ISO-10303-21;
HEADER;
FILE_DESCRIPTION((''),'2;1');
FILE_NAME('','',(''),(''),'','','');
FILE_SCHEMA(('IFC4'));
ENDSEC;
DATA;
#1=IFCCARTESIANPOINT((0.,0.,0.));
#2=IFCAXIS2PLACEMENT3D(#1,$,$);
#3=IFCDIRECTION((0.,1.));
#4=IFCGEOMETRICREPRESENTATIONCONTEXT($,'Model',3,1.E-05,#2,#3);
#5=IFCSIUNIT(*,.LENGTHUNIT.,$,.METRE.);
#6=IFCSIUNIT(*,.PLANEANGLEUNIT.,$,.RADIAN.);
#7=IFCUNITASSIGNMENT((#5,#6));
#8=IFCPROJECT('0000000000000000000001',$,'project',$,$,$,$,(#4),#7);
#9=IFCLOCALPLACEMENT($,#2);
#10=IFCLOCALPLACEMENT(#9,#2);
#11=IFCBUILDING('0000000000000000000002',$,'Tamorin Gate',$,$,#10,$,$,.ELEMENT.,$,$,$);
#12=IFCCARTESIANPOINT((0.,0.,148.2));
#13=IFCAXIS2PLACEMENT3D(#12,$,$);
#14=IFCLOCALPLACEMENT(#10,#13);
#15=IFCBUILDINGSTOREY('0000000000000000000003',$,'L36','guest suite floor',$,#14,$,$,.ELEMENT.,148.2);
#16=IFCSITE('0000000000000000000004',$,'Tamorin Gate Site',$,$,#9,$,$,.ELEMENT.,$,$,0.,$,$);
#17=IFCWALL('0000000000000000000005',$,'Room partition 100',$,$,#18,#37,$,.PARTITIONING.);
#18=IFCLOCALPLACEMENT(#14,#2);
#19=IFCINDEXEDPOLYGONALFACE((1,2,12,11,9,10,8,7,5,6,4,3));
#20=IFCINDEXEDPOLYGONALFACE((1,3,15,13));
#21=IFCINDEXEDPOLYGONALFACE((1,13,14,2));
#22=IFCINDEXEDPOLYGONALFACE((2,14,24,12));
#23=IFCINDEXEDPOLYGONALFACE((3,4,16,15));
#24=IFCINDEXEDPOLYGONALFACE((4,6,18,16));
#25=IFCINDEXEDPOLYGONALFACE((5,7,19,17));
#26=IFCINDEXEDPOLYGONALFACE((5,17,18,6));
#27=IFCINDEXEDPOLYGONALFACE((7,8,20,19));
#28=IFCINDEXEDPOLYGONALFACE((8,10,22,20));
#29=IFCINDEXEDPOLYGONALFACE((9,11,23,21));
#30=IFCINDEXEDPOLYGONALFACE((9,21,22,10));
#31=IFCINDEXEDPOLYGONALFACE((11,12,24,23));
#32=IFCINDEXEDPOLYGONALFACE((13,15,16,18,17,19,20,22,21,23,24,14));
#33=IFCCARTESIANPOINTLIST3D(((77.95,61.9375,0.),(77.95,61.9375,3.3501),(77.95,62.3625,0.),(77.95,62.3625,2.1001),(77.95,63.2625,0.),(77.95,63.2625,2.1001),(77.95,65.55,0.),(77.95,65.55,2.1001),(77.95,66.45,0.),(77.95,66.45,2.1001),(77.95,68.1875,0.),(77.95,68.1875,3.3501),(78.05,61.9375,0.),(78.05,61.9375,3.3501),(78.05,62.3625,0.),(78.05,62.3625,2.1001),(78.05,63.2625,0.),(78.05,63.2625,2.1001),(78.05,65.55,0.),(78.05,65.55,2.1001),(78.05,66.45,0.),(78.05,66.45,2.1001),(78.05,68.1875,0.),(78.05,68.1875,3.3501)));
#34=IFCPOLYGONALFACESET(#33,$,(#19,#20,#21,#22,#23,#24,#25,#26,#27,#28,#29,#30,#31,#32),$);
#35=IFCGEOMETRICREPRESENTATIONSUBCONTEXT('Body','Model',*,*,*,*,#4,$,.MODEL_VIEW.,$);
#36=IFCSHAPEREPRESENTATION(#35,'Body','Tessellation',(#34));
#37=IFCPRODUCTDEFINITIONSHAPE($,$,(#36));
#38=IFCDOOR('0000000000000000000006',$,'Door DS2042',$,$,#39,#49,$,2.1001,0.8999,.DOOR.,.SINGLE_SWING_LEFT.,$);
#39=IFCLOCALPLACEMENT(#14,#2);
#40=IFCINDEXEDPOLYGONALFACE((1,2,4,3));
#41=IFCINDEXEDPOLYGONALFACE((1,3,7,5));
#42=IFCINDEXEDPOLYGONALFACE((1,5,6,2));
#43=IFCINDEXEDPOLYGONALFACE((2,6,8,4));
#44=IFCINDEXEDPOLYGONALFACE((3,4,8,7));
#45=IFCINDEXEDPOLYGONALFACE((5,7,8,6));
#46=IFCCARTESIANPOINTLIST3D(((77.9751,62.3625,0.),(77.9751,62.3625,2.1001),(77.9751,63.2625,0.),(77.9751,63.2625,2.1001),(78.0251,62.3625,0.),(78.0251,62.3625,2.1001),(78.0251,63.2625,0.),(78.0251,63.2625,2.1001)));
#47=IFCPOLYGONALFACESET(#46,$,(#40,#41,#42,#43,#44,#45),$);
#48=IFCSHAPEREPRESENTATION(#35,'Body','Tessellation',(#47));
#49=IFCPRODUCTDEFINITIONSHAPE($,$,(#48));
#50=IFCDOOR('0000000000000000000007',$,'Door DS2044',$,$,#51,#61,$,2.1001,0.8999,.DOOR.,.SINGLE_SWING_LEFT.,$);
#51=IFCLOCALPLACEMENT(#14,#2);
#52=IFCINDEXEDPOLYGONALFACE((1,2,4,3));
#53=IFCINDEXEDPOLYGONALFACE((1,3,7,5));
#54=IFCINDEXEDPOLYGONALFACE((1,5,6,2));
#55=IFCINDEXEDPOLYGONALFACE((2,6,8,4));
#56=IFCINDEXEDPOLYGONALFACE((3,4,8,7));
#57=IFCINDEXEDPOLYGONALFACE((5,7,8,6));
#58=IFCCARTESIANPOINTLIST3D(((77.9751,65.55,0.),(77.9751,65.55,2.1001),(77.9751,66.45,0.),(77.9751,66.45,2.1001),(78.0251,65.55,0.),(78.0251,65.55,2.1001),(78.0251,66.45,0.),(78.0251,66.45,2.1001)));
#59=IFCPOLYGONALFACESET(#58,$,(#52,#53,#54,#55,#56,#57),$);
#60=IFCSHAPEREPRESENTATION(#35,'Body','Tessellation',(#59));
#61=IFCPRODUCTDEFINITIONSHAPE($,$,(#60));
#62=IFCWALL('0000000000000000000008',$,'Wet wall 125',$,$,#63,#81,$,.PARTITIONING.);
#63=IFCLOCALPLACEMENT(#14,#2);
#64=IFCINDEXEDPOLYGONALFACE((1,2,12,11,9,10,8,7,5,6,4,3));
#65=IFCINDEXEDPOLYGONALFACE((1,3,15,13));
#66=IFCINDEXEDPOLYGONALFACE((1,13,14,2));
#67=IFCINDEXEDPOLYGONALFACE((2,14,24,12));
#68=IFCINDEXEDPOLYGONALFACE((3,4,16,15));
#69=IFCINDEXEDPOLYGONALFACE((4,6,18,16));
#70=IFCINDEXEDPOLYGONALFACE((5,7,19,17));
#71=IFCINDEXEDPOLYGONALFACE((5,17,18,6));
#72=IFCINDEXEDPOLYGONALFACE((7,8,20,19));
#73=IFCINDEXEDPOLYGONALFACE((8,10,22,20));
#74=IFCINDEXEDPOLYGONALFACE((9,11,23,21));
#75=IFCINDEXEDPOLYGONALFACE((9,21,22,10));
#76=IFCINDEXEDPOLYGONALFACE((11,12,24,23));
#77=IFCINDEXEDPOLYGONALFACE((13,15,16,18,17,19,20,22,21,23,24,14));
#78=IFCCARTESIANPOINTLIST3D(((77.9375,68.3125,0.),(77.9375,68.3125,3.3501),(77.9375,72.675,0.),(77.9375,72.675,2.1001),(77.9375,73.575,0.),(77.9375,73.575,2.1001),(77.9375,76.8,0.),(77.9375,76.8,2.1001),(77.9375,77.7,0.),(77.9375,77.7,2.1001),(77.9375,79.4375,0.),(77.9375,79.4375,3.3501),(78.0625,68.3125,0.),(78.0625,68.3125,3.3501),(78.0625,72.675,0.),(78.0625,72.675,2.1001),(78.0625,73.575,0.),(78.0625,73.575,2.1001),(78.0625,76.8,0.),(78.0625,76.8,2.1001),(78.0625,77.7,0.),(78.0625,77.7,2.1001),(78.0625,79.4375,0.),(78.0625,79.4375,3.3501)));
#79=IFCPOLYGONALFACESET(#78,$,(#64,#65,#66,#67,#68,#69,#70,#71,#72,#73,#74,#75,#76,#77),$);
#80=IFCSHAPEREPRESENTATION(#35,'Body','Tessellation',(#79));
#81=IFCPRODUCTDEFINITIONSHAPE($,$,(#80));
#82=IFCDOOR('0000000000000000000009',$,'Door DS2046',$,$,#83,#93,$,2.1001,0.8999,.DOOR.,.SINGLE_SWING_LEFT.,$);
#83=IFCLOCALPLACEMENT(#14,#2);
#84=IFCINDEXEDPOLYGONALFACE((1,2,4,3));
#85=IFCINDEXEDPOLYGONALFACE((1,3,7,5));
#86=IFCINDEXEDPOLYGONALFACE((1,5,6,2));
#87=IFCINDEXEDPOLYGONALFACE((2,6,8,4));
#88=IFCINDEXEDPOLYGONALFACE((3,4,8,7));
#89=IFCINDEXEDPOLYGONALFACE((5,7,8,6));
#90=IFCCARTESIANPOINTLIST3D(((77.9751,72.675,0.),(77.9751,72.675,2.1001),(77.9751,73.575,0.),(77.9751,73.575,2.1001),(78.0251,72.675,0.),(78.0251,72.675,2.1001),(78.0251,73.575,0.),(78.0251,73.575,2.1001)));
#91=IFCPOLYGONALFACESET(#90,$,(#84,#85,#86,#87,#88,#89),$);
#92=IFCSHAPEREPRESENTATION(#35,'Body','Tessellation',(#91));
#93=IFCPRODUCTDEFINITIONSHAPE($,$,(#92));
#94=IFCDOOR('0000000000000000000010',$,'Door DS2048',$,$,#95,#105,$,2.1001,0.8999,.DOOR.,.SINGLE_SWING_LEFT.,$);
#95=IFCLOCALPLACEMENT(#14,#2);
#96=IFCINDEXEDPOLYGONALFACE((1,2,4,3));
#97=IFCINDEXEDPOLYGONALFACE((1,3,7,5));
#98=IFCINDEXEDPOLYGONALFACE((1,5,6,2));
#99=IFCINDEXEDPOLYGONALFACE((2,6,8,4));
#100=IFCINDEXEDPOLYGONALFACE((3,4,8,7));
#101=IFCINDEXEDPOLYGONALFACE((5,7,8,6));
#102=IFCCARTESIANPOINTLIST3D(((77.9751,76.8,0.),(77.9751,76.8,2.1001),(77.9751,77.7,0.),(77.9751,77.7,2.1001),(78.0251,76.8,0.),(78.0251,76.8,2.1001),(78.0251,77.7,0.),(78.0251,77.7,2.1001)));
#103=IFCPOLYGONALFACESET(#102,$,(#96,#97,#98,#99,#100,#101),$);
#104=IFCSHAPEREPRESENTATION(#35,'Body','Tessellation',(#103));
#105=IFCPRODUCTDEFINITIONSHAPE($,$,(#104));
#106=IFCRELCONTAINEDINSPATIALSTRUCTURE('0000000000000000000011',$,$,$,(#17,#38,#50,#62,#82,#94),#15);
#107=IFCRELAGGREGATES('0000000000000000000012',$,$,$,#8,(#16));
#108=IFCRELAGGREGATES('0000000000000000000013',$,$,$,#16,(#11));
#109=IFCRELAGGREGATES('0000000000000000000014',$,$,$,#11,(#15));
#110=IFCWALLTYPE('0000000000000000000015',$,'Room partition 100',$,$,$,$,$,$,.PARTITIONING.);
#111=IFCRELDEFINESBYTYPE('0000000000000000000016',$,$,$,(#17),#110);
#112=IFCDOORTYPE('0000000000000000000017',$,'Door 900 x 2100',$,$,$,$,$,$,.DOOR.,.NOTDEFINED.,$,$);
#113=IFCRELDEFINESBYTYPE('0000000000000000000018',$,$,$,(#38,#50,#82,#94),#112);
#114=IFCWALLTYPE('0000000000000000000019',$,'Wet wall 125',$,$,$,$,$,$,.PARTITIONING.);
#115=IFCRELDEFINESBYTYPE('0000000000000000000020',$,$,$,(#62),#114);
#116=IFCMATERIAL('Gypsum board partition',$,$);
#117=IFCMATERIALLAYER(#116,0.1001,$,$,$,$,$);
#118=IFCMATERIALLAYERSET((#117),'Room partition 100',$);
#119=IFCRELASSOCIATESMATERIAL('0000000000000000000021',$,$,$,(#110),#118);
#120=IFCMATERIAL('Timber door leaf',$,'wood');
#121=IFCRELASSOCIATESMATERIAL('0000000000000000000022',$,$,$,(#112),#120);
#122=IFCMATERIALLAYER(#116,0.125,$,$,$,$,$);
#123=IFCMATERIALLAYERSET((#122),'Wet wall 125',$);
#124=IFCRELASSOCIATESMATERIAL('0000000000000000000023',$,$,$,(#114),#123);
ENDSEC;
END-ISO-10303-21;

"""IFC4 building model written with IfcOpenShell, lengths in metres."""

from ifc_helpers import new_model, si_unit, direction, frame, frame_2d, origin, place, context, subcontext, project, spatial, rectangle, extrude, material, layer, layer_set, type_object, element, fill, save


model = new_model("IFC4")

# Units and contexts
model_context = context("Model", 3, precision=1e-05, world=origin(), true_north=direction((0.0, 1.0)))
body_context = subcontext(model_context, "Body", "Model", "MODEL_VIEW")
ifc_project = project(units=[si_unit("LENGTHUNIT", "METRE"), si_unit("PLANEANGLEUNIT", "RADIAN")], contexts=[model_context])

# Site, building, storey
site_placement = place(None, origin())
site = spatial("IfcSite", under=ifc_project, at=site_placement, Name="Tamorin Gate Site", CompositionType="ELEMENT", RefElevation=0.0)
building_placement = place(site_placement, origin())
building = spatial("IfcBuilding", under=site, at=building_placement, Name="Tamorin Gate", CompositionType="ELEMENT")
storey_placement = place(building_placement, frame((0.0, 0.0, 148.2)))
storey = spatial("IfcBuildingStorey", under=building, at=storey_placement, Name="L36", Description="guest suite floor", CompositionType="ELEMENT", Elevation=148.2)

# Shared definitions
ifc_material_1 = material(Name="Gypsum board partition")

# Shared definitions
ifc_layer_1 = layer(ifc_material_1, 0.1001)
ifc_layer_set_1 = layer_set([ifc_layer_1], Name="Room partition 100")
wall_type_1 = type_object("IfcWallType", Name="Room partition 100", PredefinedType="PARTITIONING", material=ifc_layer_set_1)
ifc_material_2 = material(Name="Timber door leaf", Category="wood")
door_type = type_object("IfcDoorType", Name="Door 900 x 2100", OperationType="NOTDEFINED", PredefinedType="DOOR", material=ifc_material_2)

# Walls, openings, doors
wall_1_placement = place(storey_placement, frame((78.0, 61.9375, 0.0), z_axis=(0.0, 0.0, 1.0), x_axis=(0.0, 1.0, 0.0)))
wall_1 = element("IfcWall", 1, at=wall_1_placement, inside=storey, type_object=wall_type_1, Name="Room partition 100", PredefinedType="PARTITIONING", context=body_context, shape_type="SweptSolid", body=[
    extrude(rectangle(XDim=6.25, YDim=0.1001, at=frame_2d((3.125, 0.0))), origin(), (0.0, 0.0, 1.0), 3.3501),
])
opening_1_placement = place(wall_1_placement, frame((0.425, 0.0, 0.0)))
opening_1 = element("IfcOpeningElement", 2, at=opening_1_placement, cuts=wall_1, PredefinedType="OPENING", context=body_context, shape_type="SweptSolid", body=[
    extrude(rectangle(XDim=0.8999, YDim=2.1001, at=frame_2d((0.45, 1.05))), frame((0.0, 0.0601, 0.0), z_axis=(0.0, -1.0, 0.0), x_axis=(1.0, 0.0, 0.0)), (0.0, 0.0, 1.0), 0.1201),
])
opening_2_placement = place(wall_1_placement, frame((3.6125, 0.0, 0.0)))
opening_2 = element("IfcOpeningElement", 3, at=opening_2_placement, cuts=wall_1, PredefinedType="OPENING", context=body_context, shape_type="SweptSolid", body=[
    extrude(rectangle(XDim=0.8999, YDim=2.1001, at=frame_2d((0.45, 1.05))), frame((0.0, 0.0601, 0.0), z_axis=(0.0, -1.0, 0.0), x_axis=(1.0, 0.0, 0.0)), (0.0, 0.0, 1.0), 0.1201),
])
door_1_placement = place(opening_1_placement, origin())
door_1 = element("IfcDoor", 4, at=door_1_placement, inside=storey, type_object=door_type, Name="Door DS2042", OperationType="SINGLE_SWING_LEFT", OverallHeight=2.1001, OverallWidth=0.8999, PredefinedType="DOOR", context=body_context, shape_type="SweptSolid", body=[
    extrude(rectangle(XDim=0.8999, YDim=2.1001, at=frame_2d((0.45, 1.05))), frame((0.0, 0.0249, 0.0), z_axis=(0.0, -1.0, 0.0), x_axis=(1.0, 0.0, 0.0)), (0.0, 0.0, 1.0), 0.05),
])
fill(opening_1, door_1)
door_2_placement = place(opening_2_placement, origin())
door_2 = element("IfcDoor", 5, at=door_2_placement, inside=storey, type_object=door_type, Name="Door DS2044", OperationType="SINGLE_SWING_LEFT", OverallHeight=2.1001, OverallWidth=0.8999, PredefinedType="DOOR", context=body_context, shape_type="SweptSolid", body=[
    extrude(rectangle(XDim=0.8999, YDim=2.1001, at=frame_2d((0.45, 1.05))), frame((0.0, 0.0249, 0.0), z_axis=(0.0, -1.0, 0.0), x_axis=(1.0, 0.0, 0.0)), (0.0, 0.0, 1.0), 0.05),
])
fill(opening_2, door_2)
ifc_layer_2 = layer(ifc_material_1, 0.125)
ifc_layer_set_2 = layer_set([ifc_layer_2], Name="Wet wall 125")
wall_type_2 = type_object("IfcWallType", Name="Wet wall 125", PredefinedType="PARTITIONING", material=ifc_layer_set_2)
wall_2_placement = place(storey_placement, frame((78.0, 68.3125, 0.0), z_axis=(0.0, 0.0, 1.0), x_axis=(0.0, 1.0, 0.0)))
wall_2 = element("IfcWall", 6, at=wall_2_placement, inside=storey, type_object=wall_type_2, Name="Wet wall 125", PredefinedType="PARTITIONING", context=body_context, shape_type="SweptSolid", body=[
    extrude(rectangle(XDim=11.125, YDim=0.125, at=frame_2d((5.5625, 0.0))), origin(), (0.0, 0.0, 1.0), 3.3501),
])
opening_3_placement = place(wall_2_placement, frame((4.3625, 0.0, 0.0)))
opening_3 = element("IfcOpeningElement", 7, at=opening_3_placement, cuts=wall_2, PredefinedType="OPENING", context=body_context, shape_type="SweptSolid", body=[
    extrude(rectangle(XDim=0.8999, YDim=2.1001, at=frame_2d((0.45, 1.05))), frame((0.0, 0.0725, 0.0), z_axis=(0.0, -1.0, 0.0), x_axis=(1.0, 0.0, 0.0)), (0.0, 0.0, 1.0), 0.145),
])
opening_4_placement = place(wall_2_placement, frame((8.4875, 0.0, 0.0)))
opening_4 = element("IfcOpeningElement", 8, at=opening_4_placement, cuts=wall_2, PredefinedType="OPENING", context=body_context, shape_type="SweptSolid", body=[
    extrude(rectangle(XDim=0.8999, YDim=2.1001, at=frame_2d((0.45, 1.05))), frame((0.0, 0.0725, 0.0), z_axis=(0.0, -1.0, 0.0), x_axis=(1.0, 0.0, 0.0)), (0.0, 0.0, 1.0), 0.145),
])
door_3_placement = place(opening_3_placement, origin())
door_3 = element("IfcDoor", 9, at=door_3_placement, inside=storey, type_object=door_type, Name="Door DS2046", OperationType="SINGLE_SWING_LEFT", OverallHeight=2.1001, OverallWidth=0.8999, PredefinedType="DOOR", context=body_context, shape_type="SweptSolid", body=[
    extrude(rectangle(XDim=0.8999, YDim=2.1001, at=frame_2d((0.45, 1.05))), frame((0.0, 0.0249, 0.0), z_axis=(0.0, -1.0, 0.0), x_axis=(1.0, 0.0, 0.0)), (0.0, 0.0, 1.0), 0.05),
])
fill(opening_3, door_3)
door_4_placement = place(opening_4_placement, origin())
door_4 = element("IfcDoor", 10, at=door_4_placement, inside=storey, type_object=door_type, Name="Door DS2048", OperationType="SINGLE_SWING_LEFT", OverallHeight=2.1001, OverallWidth=0.8999, PredefinedType="DOOR", context=body_context, shape_type="SweptSolid", body=[
    extrude(rectangle(XDim=0.8999, YDim=2.1001, at=frame_2d((0.45, 1.05))), frame((0.0, 0.0249, 0.0), z_axis=(0.0, -1.0, 0.0), x_axis=(1.0, 0.0, 0.0)), (0.0, 0.0, 1.0), 0.05),
])
fill(opening_4, door_4)

save(model, "model.ifc")
